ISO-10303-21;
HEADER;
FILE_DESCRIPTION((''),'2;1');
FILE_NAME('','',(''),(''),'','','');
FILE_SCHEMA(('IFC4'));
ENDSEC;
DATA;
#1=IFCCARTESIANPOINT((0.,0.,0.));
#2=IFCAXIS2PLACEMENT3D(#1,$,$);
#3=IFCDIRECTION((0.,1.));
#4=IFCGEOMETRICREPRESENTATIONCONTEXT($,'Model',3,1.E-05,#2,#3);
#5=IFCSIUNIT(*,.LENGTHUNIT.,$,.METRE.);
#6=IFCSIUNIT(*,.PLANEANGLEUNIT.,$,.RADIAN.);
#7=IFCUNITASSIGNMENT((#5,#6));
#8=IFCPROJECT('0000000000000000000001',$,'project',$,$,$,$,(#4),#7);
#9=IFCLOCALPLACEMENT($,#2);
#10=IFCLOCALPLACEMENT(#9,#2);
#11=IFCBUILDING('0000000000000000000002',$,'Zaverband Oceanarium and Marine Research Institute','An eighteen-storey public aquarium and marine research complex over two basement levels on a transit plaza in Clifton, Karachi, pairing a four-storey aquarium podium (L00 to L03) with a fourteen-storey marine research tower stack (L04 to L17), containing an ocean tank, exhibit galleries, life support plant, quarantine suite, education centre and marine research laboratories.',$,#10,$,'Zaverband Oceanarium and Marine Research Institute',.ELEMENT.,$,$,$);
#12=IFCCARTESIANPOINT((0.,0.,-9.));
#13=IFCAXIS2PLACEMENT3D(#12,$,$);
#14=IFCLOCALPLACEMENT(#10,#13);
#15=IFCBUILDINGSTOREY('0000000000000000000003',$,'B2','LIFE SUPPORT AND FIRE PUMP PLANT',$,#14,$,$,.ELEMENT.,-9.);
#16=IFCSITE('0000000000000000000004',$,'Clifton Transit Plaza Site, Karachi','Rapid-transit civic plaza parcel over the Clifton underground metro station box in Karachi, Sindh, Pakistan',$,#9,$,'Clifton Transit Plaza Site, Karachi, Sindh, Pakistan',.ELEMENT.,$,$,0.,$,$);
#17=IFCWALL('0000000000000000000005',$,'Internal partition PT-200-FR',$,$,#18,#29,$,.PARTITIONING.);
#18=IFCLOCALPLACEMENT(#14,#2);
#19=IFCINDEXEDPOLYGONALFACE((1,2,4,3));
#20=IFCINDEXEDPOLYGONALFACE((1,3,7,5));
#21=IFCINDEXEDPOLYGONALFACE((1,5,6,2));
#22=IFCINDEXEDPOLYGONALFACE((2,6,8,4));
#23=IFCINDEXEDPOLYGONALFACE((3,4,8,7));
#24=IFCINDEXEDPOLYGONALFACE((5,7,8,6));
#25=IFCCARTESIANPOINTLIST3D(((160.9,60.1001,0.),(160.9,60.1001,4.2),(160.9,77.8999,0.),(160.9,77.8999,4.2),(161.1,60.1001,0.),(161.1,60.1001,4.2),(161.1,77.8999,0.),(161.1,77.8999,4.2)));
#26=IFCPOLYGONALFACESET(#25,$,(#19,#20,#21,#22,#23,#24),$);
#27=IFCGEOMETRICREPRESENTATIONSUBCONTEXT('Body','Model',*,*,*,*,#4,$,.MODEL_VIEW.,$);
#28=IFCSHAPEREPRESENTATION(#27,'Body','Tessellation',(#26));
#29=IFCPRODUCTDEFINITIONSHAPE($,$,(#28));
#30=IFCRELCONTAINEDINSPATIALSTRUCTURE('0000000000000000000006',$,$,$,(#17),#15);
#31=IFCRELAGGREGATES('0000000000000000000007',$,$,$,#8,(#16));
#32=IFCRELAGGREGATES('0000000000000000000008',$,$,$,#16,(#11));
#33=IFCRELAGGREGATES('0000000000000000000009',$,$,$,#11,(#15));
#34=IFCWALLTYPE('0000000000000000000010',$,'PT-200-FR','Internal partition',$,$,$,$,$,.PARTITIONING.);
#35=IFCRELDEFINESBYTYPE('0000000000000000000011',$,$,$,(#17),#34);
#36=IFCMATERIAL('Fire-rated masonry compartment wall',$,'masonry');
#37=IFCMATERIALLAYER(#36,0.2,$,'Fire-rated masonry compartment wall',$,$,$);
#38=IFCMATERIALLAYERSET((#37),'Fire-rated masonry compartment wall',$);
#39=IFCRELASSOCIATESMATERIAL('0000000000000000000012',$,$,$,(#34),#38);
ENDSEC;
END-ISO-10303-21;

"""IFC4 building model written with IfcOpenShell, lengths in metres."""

from ifc_helpers import new_model, si_unit, direction, frame, frame_2d, origin, place, context, subcontext, project, spatial, rectangle, extrude, material, layer, layer_set, type_object, element, save


model = new_model("IFC4")

# Units and contexts
model_context = context("Model", 3, precision=1e-05, world=origin(), true_north=direction((0.0, 1.0)))
body_context = subcontext(model_context, "Body", "Model", "MODEL_VIEW")
ifc_project = project(units=[si_unit("LENGTHUNIT", "METRE"), si_unit("PLANEANGLEUNIT", "RADIAN")], contexts=[model_context])

# Site, building, storey
site_placement = place(None, origin())
site = spatial("IfcSite", under=ifc_project, at=site_placement, Name="Clifton Transit Plaza Site, Karachi", Description="Rapid-transit civic plaza parcel over the Clifton underground metro station box in Karachi, Sindh, Pakistan", LongName="Clifton Transit Plaza Site, Karachi, Sindh, Pakistan", CompositionType="ELEMENT", RefElevation=0.0)
building_placement = place(site_placement, origin())
building = spatial("IfcBuilding", under=site, at=building_placement, Name="Zaverband Oceanarium and Marine Research Institute", Description="An eighteen-storey public aquarium and marine research complex over two basement levels on a transit plaza in Clifton, Karachi, pairing a four-storey aquarium podium (L00 to L03) with a fourteen-storey marine research tower stack (L04 to L17), containing an ocean tank, exhibit galleries, life support plant, quarantine suite, education centre and marine research laboratories.", LongName="Zaverband Oceanarium and Marine Research Institute", CompositionType="ELEMENT")
storey_placement = place(building_placement, frame((0.0, 0.0, -9.0)))
storey = spatial("IfcBuildingStorey", under=building, at=storey_placement, Name="B2", Description="LIFE SUPPORT AND FIRE PUMP PLANT", CompositionType="ELEMENT", Elevation=-9.0)

# Wall
ifc_material_1 = material(Name="Fire-rated masonry compartment wall", Category="masonry")
ifc_layer_1 = layer(ifc_material_1, 0.2, Name="Fire-rated masonry compartment wall")
ifc_layer_set_1 = layer_set([ifc_layer_1], Name="Fire-rated masonry compartment wall")
wall_type = type_object("IfcWallType", Name="PT-200-FR", Description="Internal partition", PredefinedType="PARTITIONING", material=ifc_layer_set_1)
wall_placement = place(storey_placement, frame((161.0, 60.1001, 0.0), z_axis=(0.0, 0.0, 1.0), x_axis=(0.0, 1.0, 0.0)))
element("IfcWall", 1, at=wall_placement, inside=storey, type_object=wall_type, Name="Internal partition PT-200-FR", PredefinedType="PARTITIONING", context=body_context, shape_type="SweptSolid", body=[
    extrude(rectangle(XDim=17.7998, YDim=0.2, at=frame_2d((8.8999, 0.0))), origin(), (0.0, 0.0, 1.0), 4.2),
])

save(model, "model.ifc")
